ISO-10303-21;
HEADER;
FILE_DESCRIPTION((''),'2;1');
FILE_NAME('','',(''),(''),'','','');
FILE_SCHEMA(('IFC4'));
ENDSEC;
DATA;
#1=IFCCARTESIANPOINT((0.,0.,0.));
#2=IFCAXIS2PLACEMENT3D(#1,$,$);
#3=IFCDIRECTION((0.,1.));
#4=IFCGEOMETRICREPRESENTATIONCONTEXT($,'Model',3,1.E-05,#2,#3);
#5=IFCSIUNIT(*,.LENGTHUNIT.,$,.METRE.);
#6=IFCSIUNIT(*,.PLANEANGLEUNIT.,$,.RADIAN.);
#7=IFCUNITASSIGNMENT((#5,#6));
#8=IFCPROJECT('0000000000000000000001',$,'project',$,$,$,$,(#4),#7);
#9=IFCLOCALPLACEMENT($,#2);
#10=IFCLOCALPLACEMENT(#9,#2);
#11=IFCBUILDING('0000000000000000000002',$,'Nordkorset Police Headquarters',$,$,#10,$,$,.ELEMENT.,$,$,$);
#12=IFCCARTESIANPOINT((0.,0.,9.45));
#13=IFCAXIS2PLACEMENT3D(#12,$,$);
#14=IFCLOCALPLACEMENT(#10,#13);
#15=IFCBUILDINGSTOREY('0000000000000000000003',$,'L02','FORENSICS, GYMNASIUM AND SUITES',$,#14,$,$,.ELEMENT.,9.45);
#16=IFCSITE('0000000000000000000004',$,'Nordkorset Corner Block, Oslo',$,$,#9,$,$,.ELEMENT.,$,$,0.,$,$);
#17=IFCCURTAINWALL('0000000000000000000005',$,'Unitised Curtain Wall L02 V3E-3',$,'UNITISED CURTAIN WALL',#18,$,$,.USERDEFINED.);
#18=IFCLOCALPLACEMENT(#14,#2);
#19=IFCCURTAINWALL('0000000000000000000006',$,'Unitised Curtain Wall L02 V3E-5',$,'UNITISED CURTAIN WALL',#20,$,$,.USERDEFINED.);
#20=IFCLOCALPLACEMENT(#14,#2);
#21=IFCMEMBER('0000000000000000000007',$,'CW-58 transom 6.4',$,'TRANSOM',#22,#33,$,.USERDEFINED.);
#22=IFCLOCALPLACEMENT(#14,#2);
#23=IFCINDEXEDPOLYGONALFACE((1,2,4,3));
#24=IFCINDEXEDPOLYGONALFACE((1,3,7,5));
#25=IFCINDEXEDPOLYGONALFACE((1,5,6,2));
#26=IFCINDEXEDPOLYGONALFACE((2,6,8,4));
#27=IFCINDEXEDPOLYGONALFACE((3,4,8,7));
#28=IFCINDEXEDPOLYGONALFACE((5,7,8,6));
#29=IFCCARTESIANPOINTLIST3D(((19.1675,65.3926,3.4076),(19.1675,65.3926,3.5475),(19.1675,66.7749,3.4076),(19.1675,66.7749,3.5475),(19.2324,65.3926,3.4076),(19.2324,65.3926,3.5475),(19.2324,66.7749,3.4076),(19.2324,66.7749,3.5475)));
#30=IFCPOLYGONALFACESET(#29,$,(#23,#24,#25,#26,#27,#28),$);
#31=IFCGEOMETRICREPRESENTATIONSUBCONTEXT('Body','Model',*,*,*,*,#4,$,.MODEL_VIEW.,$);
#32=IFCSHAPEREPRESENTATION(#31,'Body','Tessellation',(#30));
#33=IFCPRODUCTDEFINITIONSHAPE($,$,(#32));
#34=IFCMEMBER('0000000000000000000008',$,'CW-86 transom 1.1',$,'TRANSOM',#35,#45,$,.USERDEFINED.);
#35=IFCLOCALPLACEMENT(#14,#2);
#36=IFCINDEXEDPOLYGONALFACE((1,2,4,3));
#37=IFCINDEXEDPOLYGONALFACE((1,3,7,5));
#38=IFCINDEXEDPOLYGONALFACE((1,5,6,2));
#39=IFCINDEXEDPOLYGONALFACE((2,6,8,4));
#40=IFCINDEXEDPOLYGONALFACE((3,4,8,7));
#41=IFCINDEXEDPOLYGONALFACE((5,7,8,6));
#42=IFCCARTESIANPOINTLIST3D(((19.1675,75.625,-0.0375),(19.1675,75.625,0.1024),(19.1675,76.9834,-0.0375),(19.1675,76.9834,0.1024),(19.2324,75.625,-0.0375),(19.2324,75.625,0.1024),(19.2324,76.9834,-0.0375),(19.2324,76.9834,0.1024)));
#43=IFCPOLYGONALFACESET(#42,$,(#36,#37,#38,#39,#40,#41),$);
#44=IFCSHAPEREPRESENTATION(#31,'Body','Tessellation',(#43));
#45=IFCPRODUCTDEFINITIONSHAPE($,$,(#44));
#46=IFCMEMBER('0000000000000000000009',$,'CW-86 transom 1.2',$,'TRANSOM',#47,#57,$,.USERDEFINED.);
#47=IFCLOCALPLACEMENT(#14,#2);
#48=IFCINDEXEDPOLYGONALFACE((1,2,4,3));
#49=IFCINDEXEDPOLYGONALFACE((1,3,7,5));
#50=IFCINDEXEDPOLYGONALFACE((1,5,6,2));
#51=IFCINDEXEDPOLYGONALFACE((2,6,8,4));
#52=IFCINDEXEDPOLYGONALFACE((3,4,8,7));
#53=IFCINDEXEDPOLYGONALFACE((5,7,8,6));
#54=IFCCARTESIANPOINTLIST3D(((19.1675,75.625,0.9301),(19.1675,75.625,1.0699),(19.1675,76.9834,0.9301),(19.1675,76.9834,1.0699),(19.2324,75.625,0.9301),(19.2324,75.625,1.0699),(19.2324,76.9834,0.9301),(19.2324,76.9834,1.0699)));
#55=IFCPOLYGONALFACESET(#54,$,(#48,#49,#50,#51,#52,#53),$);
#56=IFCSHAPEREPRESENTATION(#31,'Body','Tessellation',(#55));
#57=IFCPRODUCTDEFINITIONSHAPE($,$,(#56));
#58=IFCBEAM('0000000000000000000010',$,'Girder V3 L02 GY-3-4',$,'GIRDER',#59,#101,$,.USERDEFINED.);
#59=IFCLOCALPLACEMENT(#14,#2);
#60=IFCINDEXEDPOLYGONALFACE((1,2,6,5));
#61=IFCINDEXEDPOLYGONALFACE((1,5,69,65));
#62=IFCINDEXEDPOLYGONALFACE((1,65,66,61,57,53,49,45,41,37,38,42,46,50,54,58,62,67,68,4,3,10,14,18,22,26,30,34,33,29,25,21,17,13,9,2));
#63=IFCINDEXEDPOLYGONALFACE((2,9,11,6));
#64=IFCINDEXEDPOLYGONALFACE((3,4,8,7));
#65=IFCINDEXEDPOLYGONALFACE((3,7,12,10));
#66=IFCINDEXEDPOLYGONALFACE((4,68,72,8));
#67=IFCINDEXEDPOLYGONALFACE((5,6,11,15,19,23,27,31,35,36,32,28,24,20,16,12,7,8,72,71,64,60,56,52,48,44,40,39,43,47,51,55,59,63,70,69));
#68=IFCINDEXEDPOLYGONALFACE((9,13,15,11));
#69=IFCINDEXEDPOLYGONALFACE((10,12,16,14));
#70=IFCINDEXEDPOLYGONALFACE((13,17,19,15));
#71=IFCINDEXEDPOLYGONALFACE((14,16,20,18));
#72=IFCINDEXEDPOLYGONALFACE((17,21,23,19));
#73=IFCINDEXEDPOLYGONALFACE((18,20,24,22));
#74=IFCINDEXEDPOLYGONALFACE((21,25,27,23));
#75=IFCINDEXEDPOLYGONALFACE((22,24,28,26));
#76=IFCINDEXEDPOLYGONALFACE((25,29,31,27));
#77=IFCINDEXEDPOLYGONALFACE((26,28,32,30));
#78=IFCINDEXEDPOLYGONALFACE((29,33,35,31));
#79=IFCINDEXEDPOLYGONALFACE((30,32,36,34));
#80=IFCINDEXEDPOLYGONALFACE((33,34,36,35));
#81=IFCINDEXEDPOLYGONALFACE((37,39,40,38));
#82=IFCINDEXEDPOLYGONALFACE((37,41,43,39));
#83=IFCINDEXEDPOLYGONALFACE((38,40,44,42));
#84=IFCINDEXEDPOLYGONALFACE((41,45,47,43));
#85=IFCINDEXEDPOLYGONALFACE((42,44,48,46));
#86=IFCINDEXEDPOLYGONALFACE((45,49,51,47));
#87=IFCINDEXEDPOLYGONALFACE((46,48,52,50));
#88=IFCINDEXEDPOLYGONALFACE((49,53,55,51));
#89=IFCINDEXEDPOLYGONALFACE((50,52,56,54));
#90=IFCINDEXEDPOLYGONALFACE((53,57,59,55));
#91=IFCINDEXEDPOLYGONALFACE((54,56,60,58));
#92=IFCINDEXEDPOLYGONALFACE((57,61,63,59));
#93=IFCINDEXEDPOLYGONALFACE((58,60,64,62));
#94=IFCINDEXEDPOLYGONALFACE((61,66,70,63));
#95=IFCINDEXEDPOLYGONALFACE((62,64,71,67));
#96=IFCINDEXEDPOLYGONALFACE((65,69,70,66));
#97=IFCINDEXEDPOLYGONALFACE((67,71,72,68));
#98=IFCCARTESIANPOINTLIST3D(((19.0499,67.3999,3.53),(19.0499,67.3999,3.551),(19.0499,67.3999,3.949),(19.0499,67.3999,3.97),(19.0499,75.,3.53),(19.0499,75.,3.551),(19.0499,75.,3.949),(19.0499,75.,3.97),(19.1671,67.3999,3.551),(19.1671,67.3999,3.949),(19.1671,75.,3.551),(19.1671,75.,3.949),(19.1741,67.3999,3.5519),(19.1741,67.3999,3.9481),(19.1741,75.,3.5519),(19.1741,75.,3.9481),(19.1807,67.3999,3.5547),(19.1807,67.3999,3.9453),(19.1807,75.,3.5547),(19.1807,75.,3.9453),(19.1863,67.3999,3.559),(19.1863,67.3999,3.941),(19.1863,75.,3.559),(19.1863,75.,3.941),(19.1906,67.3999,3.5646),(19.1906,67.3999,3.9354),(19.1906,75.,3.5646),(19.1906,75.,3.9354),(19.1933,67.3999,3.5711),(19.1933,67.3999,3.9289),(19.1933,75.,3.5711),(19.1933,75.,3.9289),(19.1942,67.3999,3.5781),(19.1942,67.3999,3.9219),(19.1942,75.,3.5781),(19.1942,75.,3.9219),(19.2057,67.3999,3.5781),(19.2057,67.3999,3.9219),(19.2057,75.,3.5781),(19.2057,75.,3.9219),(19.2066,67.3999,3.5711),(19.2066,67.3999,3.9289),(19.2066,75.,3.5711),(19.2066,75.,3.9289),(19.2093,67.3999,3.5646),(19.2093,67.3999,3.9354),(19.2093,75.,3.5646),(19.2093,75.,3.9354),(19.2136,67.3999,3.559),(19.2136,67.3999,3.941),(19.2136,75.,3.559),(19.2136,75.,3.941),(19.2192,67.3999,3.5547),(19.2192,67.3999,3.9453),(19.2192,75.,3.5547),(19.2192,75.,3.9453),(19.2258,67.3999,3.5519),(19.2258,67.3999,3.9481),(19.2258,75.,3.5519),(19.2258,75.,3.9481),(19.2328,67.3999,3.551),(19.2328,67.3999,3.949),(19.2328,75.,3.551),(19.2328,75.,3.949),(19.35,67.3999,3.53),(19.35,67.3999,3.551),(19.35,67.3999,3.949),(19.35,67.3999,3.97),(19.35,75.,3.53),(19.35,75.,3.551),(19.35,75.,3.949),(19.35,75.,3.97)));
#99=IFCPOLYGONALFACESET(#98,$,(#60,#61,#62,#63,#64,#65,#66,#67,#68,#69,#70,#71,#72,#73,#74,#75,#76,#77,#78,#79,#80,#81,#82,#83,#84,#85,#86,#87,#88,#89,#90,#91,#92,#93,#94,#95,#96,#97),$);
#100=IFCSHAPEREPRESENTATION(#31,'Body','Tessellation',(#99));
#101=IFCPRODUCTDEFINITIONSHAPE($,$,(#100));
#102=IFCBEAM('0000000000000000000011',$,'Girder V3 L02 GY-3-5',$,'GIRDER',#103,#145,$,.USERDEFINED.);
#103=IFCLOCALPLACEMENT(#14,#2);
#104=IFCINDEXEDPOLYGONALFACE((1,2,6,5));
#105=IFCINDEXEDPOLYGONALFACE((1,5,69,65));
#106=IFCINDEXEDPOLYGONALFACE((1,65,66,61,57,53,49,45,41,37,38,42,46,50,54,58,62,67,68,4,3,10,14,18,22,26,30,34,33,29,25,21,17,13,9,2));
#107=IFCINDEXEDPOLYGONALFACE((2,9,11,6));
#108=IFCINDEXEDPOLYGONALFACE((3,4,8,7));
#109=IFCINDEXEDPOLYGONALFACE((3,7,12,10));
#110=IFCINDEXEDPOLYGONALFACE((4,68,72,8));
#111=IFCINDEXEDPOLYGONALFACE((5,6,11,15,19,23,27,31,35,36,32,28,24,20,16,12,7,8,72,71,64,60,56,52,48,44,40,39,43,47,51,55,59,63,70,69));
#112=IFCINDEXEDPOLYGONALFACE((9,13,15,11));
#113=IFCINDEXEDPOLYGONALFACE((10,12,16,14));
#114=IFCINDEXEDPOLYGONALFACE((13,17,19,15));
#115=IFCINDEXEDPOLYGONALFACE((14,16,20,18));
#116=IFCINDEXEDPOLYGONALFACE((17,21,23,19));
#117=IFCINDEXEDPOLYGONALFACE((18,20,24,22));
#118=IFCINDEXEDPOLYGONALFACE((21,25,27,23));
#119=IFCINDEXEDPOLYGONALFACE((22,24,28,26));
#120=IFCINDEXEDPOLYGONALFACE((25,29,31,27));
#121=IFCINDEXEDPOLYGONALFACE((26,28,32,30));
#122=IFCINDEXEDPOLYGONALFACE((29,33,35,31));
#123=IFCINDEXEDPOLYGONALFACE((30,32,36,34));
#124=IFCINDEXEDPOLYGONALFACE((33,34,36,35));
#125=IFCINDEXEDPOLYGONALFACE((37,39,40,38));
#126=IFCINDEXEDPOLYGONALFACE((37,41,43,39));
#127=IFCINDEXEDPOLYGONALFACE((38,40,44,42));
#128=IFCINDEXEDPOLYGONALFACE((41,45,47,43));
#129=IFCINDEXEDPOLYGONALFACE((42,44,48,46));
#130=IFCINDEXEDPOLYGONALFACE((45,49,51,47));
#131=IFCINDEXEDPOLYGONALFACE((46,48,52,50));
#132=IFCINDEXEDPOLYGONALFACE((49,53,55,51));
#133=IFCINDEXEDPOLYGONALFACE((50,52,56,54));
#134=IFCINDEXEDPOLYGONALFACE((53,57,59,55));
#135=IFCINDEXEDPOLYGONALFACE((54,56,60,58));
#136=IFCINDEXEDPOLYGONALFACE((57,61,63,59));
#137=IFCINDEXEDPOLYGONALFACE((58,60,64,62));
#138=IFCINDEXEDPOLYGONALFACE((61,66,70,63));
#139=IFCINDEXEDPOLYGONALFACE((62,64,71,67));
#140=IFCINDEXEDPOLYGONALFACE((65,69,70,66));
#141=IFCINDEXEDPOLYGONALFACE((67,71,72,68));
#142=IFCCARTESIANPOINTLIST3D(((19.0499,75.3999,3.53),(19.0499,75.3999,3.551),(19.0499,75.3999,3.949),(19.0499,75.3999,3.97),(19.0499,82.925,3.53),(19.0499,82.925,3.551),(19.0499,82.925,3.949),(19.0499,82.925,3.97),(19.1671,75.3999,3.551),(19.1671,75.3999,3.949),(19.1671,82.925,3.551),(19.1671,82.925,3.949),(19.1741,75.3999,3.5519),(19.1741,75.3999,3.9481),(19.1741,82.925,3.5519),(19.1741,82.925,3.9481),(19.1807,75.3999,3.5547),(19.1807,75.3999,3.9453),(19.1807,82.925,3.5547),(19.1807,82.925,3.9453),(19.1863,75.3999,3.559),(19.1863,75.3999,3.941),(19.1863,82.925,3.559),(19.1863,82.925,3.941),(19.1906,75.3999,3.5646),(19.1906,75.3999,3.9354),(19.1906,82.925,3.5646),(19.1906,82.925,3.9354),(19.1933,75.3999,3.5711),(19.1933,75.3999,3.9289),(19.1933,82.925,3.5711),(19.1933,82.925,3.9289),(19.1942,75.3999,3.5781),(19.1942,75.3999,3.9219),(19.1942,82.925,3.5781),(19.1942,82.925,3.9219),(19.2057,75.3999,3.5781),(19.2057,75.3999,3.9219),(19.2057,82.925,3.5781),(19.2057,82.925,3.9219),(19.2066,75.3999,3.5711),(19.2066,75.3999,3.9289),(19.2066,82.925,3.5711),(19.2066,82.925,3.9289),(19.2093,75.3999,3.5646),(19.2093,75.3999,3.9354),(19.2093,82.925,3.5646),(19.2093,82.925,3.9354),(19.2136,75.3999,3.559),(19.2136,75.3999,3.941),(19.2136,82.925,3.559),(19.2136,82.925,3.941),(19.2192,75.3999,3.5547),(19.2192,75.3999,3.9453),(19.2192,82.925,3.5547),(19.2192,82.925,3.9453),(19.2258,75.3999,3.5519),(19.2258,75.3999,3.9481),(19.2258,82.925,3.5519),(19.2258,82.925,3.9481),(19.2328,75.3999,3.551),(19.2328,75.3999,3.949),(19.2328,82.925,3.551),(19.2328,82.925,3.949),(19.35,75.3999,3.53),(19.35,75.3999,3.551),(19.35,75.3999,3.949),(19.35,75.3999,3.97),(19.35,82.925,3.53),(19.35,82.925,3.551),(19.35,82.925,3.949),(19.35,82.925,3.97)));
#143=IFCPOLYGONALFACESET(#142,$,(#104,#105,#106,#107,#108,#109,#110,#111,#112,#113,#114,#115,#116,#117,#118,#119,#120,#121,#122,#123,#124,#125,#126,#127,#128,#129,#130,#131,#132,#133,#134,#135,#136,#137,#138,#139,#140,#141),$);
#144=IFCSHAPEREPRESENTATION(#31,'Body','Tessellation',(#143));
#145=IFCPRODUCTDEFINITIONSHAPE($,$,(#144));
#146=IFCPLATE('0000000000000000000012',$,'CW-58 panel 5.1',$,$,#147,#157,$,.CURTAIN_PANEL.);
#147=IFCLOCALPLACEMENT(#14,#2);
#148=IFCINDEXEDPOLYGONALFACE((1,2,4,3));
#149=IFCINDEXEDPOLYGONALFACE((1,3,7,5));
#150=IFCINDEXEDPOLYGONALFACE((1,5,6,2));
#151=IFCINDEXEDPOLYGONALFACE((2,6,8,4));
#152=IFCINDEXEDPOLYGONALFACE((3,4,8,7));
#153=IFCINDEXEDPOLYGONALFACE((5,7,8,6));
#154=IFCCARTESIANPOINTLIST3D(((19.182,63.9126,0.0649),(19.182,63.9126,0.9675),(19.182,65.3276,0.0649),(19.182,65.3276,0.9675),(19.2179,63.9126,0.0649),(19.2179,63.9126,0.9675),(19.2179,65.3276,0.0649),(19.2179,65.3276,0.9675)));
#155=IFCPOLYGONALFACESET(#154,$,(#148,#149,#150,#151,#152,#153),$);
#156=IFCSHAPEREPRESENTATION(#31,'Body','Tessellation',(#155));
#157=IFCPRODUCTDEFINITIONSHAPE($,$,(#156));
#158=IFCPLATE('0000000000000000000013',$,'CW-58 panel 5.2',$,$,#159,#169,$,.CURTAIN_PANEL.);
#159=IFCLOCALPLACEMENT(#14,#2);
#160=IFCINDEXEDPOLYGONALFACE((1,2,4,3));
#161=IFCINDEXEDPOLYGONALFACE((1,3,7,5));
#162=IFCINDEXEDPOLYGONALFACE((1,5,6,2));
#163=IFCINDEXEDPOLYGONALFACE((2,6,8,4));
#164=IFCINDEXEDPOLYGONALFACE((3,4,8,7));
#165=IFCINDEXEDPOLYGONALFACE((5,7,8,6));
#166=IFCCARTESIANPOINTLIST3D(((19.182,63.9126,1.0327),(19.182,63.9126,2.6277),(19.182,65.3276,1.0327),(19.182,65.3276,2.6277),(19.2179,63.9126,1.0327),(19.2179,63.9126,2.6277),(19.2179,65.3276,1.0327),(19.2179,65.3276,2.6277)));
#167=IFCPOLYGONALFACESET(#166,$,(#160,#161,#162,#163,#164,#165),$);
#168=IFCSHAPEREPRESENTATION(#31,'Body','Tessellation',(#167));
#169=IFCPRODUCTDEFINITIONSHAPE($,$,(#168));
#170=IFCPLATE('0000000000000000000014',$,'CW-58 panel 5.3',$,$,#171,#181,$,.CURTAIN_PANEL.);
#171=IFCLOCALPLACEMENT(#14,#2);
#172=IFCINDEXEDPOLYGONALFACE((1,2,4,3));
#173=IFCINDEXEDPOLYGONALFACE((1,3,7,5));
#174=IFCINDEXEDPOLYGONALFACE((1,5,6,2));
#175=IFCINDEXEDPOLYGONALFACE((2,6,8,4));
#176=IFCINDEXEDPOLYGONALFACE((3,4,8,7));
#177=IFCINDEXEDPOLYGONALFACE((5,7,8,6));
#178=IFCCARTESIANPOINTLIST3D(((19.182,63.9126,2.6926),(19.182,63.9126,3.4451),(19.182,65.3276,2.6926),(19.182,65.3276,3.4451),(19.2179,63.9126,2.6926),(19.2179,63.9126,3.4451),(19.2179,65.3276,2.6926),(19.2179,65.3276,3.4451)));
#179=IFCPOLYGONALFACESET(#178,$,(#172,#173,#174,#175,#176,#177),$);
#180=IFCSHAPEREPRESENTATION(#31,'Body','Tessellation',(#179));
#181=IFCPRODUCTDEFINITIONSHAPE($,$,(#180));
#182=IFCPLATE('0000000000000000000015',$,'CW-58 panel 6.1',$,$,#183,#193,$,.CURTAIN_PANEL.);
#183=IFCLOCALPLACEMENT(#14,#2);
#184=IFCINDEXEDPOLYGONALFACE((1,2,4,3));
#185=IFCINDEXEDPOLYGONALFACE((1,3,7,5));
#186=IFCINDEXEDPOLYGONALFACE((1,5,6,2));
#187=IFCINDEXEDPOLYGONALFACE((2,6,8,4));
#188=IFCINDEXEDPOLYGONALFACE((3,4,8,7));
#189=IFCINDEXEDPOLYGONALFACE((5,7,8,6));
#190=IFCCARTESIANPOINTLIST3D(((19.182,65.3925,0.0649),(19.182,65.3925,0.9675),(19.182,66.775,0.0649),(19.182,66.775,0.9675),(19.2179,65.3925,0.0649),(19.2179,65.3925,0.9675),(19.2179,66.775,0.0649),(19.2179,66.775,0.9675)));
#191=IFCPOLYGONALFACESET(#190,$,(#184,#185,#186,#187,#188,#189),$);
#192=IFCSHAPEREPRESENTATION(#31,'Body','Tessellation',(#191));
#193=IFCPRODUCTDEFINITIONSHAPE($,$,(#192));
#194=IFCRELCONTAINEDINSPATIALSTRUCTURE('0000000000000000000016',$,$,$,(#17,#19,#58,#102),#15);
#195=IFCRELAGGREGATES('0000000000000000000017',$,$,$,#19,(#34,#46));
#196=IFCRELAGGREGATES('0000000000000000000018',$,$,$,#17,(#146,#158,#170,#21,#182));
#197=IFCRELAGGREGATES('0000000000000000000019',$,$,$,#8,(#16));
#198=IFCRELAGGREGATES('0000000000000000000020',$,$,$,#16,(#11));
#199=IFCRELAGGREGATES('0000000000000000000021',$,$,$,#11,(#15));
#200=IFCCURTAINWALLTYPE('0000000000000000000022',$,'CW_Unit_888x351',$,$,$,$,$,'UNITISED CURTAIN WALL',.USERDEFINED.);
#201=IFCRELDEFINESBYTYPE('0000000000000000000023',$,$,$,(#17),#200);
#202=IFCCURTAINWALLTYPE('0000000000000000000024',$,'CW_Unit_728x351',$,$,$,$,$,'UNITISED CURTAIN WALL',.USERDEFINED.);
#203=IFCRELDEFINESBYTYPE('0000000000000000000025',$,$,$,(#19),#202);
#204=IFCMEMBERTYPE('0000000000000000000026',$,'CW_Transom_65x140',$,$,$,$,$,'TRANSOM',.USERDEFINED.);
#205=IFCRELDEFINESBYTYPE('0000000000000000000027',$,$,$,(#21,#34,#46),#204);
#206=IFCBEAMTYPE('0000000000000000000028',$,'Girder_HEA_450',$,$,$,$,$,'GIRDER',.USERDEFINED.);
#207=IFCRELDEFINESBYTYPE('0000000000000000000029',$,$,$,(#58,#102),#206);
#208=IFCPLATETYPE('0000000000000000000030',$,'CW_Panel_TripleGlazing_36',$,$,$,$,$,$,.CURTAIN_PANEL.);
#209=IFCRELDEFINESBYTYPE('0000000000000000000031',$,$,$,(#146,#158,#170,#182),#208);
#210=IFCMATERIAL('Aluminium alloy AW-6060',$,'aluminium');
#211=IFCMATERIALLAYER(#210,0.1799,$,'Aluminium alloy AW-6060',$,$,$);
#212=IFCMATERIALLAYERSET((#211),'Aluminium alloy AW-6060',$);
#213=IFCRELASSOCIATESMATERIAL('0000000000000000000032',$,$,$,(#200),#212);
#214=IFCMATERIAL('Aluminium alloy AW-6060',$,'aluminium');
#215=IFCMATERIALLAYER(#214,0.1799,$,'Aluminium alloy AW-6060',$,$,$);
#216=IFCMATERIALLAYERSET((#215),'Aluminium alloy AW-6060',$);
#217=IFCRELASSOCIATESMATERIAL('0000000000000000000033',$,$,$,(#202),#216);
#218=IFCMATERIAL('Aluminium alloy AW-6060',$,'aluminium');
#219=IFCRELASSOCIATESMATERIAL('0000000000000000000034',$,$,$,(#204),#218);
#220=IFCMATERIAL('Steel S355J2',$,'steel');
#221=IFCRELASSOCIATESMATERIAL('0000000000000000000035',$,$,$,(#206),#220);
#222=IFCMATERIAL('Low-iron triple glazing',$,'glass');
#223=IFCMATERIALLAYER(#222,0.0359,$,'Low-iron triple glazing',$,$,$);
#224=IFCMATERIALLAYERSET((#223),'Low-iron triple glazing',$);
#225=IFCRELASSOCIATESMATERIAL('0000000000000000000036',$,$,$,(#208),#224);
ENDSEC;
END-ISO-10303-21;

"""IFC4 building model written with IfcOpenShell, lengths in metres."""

from ifc_helpers import new_model, si_unit, direction, frame, origin, origin_2d, place, context, subcontext, project, spatial, rectangle, i_section, extrude, material, layer, layer_set, material_profile, profile_set, type_object, element, aggregate, save


model = new_model("IFC4")

# Units and contexts
model_context = context("Model", 3, precision=1e-05, world=origin(), true_north=direction((0.0, 1.0)))
body_context = subcontext(model_context, "Body", "Model", "MODEL_VIEW")
ifc_project = project(units=[si_unit("LENGTHUNIT", "METRE"), si_unit("PLANEANGLEUNIT", "RADIAN")], contexts=[model_context])

# Site, building, storey
site_placement = place(None, origin())
site = spatial("IfcSite", under=ifc_project, at=site_placement, Name="Nordkorset Corner Block, Oslo", CompositionType="ELEMENT", RefElevation=0.0)
building_placement = place(site_placement, origin())
building = spatial("IfcBuilding", under=site, at=building_placement, Name="Nordkorset Police Headquarters", CompositionType="ELEMENT")
storey_placement = place(building_placement, frame((0.0, 0.0, 9.45)))
storey = spatial("IfcBuildingStorey", under=building, at=storey_placement, Name="L02", Description="FORENSICS, GYMNASIUM AND SUITES", CompositionType="ELEMENT", Elevation=9.45)

# Curtain wall
ifc_material_1 = material(Name="Aluminium alloy AW-6060", Category="aluminium")
ifc_layer_1 = layer(ifc_material_1, 0.1799, Name="Aluminium alloy AW-6060")
ifc_layer_set_1 = layer_set([ifc_layer_1], Name="Aluminium alloy AW-6060")
curtain_wall_type_1 = type_object("IfcCurtainWallType", Name="CW_Unit_888x351", ElementType="UNITISED CURTAIN WALL", PredefinedType="USERDEFINED", material=ifc_layer_set_1)
curtain_wall_1_placement = place(storey_placement, origin())
curtain_wall_1 = element("IfcCurtainWall", 1, at=curtain_wall_1_placement, inside=storey, type_object=curtain_wall_type_1, Name="Unitised Curtain Wall L02 V3E-3", ObjectType="UNITISED CURTAIN WALL", PredefinedType="USERDEFINED")

# Curtain wall
ifc_material_2 = material(Name="Aluminium alloy AW-6060", Category="aluminium")
ifc_layer_2 = layer(ifc_material_2, 0.1799, Name="Aluminium alloy AW-6060")
ifc_layer_set_2 = layer_set([ifc_layer_2], Name="Aluminium alloy AW-6060")
curtain_wall_type_2 = type_object("IfcCurtainWallType", Name="CW_Unit_728x351", ElementType="UNITISED CURTAIN WALL", PredefinedType="USERDEFINED", material=ifc_layer_set_2)
curtain_wall_2_placement = place(storey_placement, origin())
curtain_wall_2 = element("IfcCurtainWall", 2, at=curtain_wall_2_placement, inside=storey, type_object=curtain_wall_type_2, Name="Unitised Curtain Wall L02 V3E-5", ObjectType="UNITISED CURTAIN WALL", PredefinedType="USERDEFINED")

# Members
ifc_material_3 = material(Name="Aluminium alloy AW-6060", Category="aluminium")
ifc_material_profile_1 = material_profile(ifc_material_3, rectangle(XDim=0.0649, YDim=0.1399, at=origin_2d()), Name="ALU TRAN 65x140")
ifc_profile_set_1 = profile_set([ifc_material_profile_1], Name="Aluminium alloy AW-6060")
member_type_1 = type_object("IfcMemberType", Name="CW_Transom_65x140", ElementType="TRANSOM", PredefinedType="USERDEFINED", material=ifc_profile_set_1)
member_1_placement = place(storey_placement, frame((19.2, 65.3926, 3.4775), z_axis=(0.0, 1.0, 0.0), x_axis=(-1.0, 0.0, 0.0)))
member_1 = element("IfcMember", 3, at=member_1_placement, type_object=member_type_1, Name="CW-58 transom 6.4", ObjectType="TRANSOM", PredefinedType="USERDEFINED", context=body_context, shape_type="SweptSolid", body=[
    extrude(rectangle(XDim=0.0649, YDim=0.1399, at=origin_2d()), origin(), (0.0, 0.0, 1.0), 1.3823),
])
member_2_placement = place(storey_placement, frame((19.2, 75.625, 0.0325), z_axis=(0.0, 1.0, 0.0), x_axis=(-1.0, 0.0, 0.0)))
member_2 = element("IfcMember", 4, at=member_2_placement, type_object=member_type_1, Name="CW-86 transom 1.1", ObjectType="TRANSOM", PredefinedType="USERDEFINED", context=body_context, shape_type="SweptSolid", body=[
    extrude(rectangle(XDim=0.0649, YDim=0.1399, at=origin_2d()), origin(), (0.0, 0.0, 1.0), 1.3584),
])
member_3_placement = place(storey_placement, frame((19.2, 75.625, 1.0), z_axis=(0.0, 1.0, 0.0), x_axis=(-1.0, 0.0, 0.0)))
member_3 = element("IfcMember", 5, at=member_3_placement, type_object=member_type_1, Name="CW-86 transom 1.2", ObjectType="TRANSOM", PredefinedType="USERDEFINED", context=body_context, shape_type="SweptSolid", body=[
    extrude(rectangle(XDim=0.0649, YDim=0.1399, at=origin_2d()), origin(), (0.0, 0.0, 1.0), 1.3584),
])
aggregate(curtain_wall_2, [member_2, member_3])

# Beams
ifc_material_4 = material(Name="Steel S355J2", Category="steel")
ifc_material_profile_2 = material_profile(ifc_material_4, i_section(OverallWidth=0.3, OverallDepth=0.4399, WebThickness=0.0115, FlangeThickness=0.021, FilletRadius=0.0271, at=origin_2d()), Name="HEA 450")
ifc_profile_set_2 = profile_set([ifc_material_profile_2], Name="Steel S355J2")
beam_type = type_object("IfcBeamType", Name="Girder_HEA_450", ElementType="GIRDER", PredefinedType="USERDEFINED", material=ifc_profile_set_2)
beam_1_placement = place(storey_placement, frame((19.2, 67.3999, 3.75), z_axis=(0.0, 1.0, 0.0), x_axis=(-1.0, 0.0, 0.0)))
element("IfcBeam", 6, at=beam_1_placement, inside=storey, type_object=beam_type, Name="Girder V3 L02 GY-3-4", ObjectType="GIRDER", PredefinedType="USERDEFINED", context=body_context, shape_type="SweptSolid", body=[
    extrude(i_section(OverallWidth=0.3, OverallDepth=0.4399, WebThickness=0.0115, FlangeThickness=0.021, FilletRadius=0.0271, at=origin_2d()), origin(), (0.0, 0.0, 1.0), 7.6001),
])
beam_2_placement = place(storey_placement, frame((19.2, 75.3999, 3.75), z_axis=(0.0, 1.0, 0.0), x_axis=(-1.0, 0.0, 0.0)))
element("IfcBeam", 7, at=beam_2_placement, inside=storey, type_object=beam_type, Name="Girder V3 L02 GY-3-5", ObjectType="GIRDER", PredefinedType="USERDEFINED", context=body_context, shape_type="SweptSolid", body=[
    extrude(i_section(OverallWidth=0.3, OverallDepth=0.4399, WebThickness=0.0115, FlangeThickness=0.021, FilletRadius=0.0271, at=origin_2d()), origin(), (0.0, 0.0, 1.0), 7.5251),
])

# Plates
ifc_material_5 = material(Name="Low-iron triple glazing", Category="glass")
ifc_layer_3 = layer(ifc_material_5, 0.0359, Name="Low-iron triple glazing")
ifc_layer_set_3 = layer_set([ifc_layer_3], Name="Low-iron triple glazing")
plate_type = type_object("IfcPlateType", Name="CW_Panel_TripleGlazing_36", PredefinedType="CURTAIN_PANEL", material=ifc_layer_set_3)
plate_1_placement = place(storey_placement, frame((19.2, 64.6201, 0.0649), z_axis=(0.0, 0.0, 1.0), x_axis=(0.0, 1.0, 0.0)))
plate_1 = element("IfcPlate", 8, at=plate_1_placement, type_object=plate_type, Name="CW-58 panel 5.1", PredefinedType="CURTAIN_PANEL", context=body_context, shape_type="SweptSolid", body=[
    extrude(rectangle(XDim=1.415, YDim=0.0359, at=origin_2d()), origin(), (0.0, 0.0, 1.0), 0.9026),
])
plate_2_placement = place(storey_placement, frame((19.2, 64.6201, 1.0327), z_axis=(0.0, 0.0, 1.0), x_axis=(0.0, 1.0, 0.0)))
plate_2 = element("IfcPlate", 9, at=plate_2_placement, type_object=plate_type, Name="CW-58 panel 5.2", PredefinedType="CURTAIN_PANEL", context=body_context, shape_type="SweptSolid", body=[
    extrude(rectangle(XDim=1.415, YDim=0.0359, at=origin_2d()), origin(), (0.0, 0.0, 1.0), 1.595),
])
plate_3_placement = place(storey_placement, frame((19.2, 64.6201, 2.6926), z_axis=(0.0, 0.0, 1.0), x_axis=(0.0, 1.0, 0.0)))
plate_3 = element("IfcPlate", 10, at=plate_3_placement, type_object=plate_type, Name="CW-58 panel 5.3", PredefinedType="CURTAIN_PANEL", context=body_context, shape_type="SweptSolid", body=[
    extrude(rectangle(XDim=1.415, YDim=0.0359, at=origin_2d()), origin(), (0.0, 0.0, 1.0), 0.7524),
])
plate_4_placement = place(storey_placement, frame((19.2, 66.0837, 0.0649), z_axis=(0.0, 0.0, 1.0), x_axis=(0.0, 1.0, 0.0)))
plate_4 = element("IfcPlate", 11, at=plate_4_placement, type_object=plate_type, Name="CW-58 panel 6.1", PredefinedType="CURTAIN_PANEL", context=body_context, shape_type="SweptSolid", body=[
    extrude(rectangle(XDim=1.3826, YDim=0.0359, at=origin_2d()), origin(), (0.0, 0.0, 1.0), 0.9026),
])
aggregate(curtain_wall_1, [plate_1, plate_2, plate_3, member_1, plate_4])

save(model, "model.ifc")
